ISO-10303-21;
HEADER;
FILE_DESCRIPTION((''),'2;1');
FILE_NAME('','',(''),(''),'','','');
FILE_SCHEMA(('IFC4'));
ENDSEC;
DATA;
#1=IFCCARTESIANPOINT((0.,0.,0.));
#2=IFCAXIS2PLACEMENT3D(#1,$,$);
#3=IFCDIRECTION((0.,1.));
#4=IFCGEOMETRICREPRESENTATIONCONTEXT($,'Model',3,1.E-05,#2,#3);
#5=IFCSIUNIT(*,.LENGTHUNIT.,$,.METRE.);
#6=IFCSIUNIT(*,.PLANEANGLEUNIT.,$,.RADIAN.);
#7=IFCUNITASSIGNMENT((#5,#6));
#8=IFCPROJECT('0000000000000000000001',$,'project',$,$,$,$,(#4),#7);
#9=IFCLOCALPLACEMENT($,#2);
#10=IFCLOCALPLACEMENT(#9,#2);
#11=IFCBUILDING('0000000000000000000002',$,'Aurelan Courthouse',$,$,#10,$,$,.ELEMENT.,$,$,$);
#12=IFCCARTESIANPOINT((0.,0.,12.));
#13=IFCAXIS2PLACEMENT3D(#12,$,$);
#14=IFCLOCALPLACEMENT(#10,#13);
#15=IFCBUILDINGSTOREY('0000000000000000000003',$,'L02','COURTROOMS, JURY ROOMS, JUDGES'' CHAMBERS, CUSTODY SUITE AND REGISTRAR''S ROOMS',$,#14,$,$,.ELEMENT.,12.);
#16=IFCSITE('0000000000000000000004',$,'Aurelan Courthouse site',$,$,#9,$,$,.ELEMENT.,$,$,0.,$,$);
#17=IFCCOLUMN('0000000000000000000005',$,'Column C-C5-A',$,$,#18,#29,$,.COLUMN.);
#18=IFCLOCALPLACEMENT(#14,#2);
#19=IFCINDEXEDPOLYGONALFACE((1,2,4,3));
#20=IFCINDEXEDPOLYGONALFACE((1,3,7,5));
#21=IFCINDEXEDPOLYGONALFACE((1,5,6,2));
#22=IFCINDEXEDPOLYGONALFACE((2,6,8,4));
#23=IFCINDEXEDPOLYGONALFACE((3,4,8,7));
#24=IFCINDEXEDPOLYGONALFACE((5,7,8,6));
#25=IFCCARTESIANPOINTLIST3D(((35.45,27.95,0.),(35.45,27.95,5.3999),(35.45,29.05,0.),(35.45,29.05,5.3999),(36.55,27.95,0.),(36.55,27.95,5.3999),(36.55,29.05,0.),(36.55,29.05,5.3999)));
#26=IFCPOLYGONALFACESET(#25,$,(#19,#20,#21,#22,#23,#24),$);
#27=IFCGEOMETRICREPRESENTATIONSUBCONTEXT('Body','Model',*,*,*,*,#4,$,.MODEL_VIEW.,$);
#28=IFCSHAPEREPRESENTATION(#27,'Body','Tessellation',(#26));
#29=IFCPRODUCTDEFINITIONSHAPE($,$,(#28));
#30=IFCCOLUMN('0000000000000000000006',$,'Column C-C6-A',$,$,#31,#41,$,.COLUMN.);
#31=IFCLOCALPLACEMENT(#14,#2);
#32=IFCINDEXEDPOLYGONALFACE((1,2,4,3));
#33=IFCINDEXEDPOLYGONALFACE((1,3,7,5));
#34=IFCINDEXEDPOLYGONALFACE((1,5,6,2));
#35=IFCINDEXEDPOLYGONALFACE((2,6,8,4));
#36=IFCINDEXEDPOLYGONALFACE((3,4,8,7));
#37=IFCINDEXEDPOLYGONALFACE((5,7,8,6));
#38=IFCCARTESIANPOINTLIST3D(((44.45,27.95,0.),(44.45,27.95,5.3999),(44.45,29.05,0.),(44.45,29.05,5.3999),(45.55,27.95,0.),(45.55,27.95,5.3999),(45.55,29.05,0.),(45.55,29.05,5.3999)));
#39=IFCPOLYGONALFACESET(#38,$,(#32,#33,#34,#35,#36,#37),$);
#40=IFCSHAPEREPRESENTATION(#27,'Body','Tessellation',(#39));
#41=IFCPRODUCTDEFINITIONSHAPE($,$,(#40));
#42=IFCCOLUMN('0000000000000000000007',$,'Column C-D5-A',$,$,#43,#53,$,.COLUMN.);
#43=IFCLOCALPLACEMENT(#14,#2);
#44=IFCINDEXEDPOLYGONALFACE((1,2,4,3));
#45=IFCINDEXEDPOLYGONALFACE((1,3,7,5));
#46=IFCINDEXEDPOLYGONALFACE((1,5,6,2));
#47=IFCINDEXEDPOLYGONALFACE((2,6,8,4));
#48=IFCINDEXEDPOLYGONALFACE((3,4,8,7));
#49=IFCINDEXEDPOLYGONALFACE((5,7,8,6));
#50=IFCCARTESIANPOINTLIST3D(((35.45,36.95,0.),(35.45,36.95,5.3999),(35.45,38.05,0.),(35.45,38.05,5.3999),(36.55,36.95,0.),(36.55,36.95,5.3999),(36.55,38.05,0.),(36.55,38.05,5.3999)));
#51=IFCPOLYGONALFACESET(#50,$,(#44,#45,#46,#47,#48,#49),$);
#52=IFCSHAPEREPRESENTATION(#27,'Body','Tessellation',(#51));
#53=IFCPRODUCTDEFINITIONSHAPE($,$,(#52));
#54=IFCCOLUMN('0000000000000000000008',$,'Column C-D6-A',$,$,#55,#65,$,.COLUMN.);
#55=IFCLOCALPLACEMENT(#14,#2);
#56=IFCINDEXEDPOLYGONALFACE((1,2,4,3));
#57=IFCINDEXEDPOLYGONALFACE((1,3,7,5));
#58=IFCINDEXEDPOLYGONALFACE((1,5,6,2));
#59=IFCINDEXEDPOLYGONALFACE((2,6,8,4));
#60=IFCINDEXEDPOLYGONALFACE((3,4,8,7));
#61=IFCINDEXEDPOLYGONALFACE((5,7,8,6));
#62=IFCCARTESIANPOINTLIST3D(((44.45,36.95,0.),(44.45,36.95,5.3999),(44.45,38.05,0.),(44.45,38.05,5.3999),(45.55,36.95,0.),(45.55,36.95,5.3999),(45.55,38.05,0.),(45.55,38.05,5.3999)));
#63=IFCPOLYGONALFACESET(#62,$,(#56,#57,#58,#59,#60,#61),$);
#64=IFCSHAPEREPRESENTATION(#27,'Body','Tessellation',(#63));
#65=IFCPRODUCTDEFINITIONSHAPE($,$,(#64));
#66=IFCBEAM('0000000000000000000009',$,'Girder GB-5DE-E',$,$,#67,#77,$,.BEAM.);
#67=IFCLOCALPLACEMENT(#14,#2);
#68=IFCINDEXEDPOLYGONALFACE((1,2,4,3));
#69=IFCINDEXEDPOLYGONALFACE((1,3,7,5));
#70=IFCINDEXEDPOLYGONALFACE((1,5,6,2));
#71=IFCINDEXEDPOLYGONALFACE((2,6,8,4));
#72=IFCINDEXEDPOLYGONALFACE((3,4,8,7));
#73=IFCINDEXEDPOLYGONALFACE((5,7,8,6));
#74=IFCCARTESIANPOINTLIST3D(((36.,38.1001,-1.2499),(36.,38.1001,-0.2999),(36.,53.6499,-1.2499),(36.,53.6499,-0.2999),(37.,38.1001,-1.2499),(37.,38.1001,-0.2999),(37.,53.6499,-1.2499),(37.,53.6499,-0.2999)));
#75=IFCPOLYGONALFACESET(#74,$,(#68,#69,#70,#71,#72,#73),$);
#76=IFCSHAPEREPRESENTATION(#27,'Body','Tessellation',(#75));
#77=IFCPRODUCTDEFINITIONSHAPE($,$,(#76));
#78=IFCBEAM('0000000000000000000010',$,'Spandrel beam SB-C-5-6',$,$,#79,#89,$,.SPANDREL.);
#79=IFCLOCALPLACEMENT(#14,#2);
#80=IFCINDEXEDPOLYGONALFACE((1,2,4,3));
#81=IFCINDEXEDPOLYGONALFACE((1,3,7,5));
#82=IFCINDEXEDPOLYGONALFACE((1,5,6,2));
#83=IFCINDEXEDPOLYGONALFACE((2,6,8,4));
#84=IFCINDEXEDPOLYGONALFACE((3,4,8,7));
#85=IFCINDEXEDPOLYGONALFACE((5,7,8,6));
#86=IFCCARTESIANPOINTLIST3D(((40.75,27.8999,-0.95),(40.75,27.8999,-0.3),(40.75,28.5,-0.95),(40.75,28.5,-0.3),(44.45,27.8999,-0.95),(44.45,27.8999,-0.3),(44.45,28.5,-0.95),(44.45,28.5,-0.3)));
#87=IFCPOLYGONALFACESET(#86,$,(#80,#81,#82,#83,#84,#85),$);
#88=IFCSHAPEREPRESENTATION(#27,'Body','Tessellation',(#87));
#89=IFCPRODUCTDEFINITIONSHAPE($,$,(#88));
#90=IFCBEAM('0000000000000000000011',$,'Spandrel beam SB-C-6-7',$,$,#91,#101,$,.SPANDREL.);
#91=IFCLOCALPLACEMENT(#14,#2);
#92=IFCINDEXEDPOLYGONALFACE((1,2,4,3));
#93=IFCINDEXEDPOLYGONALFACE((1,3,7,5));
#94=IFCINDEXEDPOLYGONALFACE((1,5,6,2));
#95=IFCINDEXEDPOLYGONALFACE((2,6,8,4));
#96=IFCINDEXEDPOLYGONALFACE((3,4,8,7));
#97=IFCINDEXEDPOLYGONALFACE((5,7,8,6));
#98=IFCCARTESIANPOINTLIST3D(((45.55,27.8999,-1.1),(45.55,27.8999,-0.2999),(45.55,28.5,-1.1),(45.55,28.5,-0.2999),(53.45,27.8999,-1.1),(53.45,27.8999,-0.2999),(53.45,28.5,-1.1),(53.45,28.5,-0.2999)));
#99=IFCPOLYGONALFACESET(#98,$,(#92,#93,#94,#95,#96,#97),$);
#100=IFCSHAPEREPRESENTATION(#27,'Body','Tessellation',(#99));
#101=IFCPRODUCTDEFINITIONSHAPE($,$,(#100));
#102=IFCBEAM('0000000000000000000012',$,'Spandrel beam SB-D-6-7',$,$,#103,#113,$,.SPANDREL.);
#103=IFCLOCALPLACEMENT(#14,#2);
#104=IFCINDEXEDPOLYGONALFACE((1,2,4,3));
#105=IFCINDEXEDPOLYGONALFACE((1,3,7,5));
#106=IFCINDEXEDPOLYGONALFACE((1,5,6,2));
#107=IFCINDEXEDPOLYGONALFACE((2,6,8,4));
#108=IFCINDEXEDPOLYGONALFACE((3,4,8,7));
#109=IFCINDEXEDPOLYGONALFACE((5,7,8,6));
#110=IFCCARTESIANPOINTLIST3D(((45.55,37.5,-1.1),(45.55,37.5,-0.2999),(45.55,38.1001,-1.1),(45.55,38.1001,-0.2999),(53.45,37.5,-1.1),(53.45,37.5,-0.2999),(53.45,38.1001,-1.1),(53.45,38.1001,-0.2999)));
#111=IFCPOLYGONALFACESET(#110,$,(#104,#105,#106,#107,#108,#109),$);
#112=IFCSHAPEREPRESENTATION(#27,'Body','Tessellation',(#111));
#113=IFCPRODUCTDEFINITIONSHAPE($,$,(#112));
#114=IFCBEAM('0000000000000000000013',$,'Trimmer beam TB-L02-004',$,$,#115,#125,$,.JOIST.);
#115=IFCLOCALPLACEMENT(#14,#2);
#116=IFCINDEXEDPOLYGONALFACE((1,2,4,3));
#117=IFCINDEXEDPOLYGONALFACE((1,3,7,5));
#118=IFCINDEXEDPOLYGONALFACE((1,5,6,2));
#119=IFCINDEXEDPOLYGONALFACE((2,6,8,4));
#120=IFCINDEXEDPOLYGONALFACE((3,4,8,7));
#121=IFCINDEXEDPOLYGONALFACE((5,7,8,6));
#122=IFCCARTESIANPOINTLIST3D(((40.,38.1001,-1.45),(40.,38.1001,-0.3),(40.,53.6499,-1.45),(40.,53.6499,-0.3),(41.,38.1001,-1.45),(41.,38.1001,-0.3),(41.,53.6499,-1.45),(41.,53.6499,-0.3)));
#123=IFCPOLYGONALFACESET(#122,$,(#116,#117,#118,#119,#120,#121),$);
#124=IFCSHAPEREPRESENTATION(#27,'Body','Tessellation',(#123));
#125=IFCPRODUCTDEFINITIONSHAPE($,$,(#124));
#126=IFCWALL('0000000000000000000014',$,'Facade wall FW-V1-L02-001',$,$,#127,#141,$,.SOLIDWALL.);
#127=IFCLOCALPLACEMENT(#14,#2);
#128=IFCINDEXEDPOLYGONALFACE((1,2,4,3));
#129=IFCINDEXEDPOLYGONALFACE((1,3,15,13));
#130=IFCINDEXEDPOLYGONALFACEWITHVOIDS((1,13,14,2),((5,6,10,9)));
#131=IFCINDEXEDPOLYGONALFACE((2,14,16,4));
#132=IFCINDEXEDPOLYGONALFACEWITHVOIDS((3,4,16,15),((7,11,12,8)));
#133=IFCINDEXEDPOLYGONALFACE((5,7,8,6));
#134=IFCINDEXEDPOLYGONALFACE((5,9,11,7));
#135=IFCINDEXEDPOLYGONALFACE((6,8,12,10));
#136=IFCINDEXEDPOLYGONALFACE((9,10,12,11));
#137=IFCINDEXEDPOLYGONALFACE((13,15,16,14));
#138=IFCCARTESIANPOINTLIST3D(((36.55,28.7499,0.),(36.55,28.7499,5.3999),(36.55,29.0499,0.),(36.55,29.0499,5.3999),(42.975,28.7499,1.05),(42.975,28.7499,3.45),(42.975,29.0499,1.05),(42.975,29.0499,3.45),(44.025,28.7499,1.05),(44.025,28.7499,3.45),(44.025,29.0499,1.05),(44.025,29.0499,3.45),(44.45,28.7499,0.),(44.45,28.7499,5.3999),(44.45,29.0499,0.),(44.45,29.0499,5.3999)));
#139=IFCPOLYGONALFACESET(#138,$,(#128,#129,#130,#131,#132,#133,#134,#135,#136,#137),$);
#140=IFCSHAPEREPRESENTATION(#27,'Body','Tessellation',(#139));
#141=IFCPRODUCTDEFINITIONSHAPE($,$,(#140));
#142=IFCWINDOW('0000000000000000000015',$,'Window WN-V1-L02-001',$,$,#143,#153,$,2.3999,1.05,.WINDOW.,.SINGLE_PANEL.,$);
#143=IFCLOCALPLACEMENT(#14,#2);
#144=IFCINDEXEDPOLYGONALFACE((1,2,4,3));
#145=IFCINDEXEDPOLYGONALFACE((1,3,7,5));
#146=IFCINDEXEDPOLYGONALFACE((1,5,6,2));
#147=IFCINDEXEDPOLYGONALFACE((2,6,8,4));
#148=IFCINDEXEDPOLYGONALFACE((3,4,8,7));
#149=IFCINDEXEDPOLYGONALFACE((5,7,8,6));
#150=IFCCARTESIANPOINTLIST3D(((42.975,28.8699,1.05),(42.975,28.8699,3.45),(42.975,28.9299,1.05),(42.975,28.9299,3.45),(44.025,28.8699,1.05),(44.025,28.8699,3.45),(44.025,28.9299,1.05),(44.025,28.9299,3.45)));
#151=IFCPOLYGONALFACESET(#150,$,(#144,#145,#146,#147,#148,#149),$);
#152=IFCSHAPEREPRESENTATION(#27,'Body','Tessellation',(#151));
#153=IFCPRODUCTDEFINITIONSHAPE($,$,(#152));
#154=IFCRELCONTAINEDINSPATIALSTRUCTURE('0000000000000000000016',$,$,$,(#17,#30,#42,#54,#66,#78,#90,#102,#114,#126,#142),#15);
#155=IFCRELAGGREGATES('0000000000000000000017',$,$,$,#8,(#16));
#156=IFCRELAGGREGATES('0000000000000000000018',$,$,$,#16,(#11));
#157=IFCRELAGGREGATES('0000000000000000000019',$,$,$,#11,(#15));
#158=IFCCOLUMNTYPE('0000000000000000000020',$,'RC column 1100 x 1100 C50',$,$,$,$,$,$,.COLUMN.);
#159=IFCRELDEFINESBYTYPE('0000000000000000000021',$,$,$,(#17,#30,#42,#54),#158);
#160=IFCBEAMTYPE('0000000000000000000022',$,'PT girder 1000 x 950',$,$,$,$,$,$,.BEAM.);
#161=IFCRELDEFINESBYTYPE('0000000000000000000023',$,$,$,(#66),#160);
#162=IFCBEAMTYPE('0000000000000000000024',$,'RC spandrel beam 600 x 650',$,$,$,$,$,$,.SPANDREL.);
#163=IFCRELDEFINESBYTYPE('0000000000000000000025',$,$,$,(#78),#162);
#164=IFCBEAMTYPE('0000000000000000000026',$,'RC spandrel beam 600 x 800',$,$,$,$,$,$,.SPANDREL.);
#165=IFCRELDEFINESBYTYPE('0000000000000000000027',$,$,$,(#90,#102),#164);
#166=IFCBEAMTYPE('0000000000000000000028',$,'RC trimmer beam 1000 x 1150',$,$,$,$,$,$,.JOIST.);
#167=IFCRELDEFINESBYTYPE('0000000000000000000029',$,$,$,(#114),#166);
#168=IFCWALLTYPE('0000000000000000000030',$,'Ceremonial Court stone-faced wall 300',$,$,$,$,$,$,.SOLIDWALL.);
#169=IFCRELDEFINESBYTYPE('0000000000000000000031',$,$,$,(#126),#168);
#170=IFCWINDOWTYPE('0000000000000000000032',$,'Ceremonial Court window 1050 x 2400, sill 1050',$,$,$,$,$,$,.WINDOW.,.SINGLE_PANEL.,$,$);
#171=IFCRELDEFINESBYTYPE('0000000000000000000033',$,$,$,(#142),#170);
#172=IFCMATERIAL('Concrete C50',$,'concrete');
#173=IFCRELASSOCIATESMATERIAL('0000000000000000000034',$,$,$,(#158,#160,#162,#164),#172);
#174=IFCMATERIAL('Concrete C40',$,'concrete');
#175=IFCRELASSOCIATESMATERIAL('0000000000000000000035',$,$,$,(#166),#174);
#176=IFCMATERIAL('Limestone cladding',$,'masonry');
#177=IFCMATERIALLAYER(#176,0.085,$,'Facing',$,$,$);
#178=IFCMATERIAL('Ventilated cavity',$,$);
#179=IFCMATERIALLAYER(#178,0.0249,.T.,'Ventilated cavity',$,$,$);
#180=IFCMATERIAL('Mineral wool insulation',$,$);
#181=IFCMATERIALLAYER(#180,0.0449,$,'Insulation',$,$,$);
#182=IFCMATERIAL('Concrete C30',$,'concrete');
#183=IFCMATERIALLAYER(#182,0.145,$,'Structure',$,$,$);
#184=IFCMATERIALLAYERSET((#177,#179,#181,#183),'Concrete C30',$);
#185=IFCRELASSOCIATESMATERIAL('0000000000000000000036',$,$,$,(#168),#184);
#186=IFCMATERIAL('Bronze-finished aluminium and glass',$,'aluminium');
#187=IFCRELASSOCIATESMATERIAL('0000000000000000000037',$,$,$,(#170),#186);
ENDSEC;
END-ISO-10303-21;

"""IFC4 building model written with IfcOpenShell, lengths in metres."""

from ifc_helpers import new_model, si_unit, direction, frame, frame_2d, origin, origin_2d, place, context, subcontext, project, spatial, rectangle, extrude, material, layer, layer_set, material_profile, profile_set, type_object, element, fill, save


model = new_model("IFC4")

# Units and contexts
model_context = context("Model", 3, precision=1e-05, world=origin(), true_north=direction((0.0, 1.0)))
body_context = subcontext(model_context, "Body", "Model", "MODEL_VIEW")
ifc_project = project(units=[si_unit("LENGTHUNIT", "METRE"), si_unit("PLANEANGLEUNIT", "RADIAN")], contexts=[model_context])

# Site, building, storey
site_placement = place(None, origin())
site = spatial("IfcSite", under=ifc_project, at=site_placement, Name="Aurelan Courthouse site", CompositionType="ELEMENT", RefElevation=0.0)
building_placement = place(site_placement, origin())
building = spatial("IfcBuilding", under=site, at=building_placement, Name="Aurelan Courthouse", CompositionType="ELEMENT")
storey_placement = place(building_placement, frame((0.0, 0.0, 12.0)))
storey = spatial("IfcBuildingStorey", under=building, at=storey_placement, Name="L02", Description="COURTROOMS, JURY ROOMS, JUDGES' CHAMBERS, CUSTODY SUITE AND REGISTRAR'S ROOMS", CompositionType="ELEMENT", Elevation=12.0)

# Columns
ifc_material_1 = material(Name="Concrete C50", Category="concrete")
ifc_material_profile_1 = material_profile(ifc_material_1, rectangle(XDim=1.1001, YDim=1.1001, at=origin_2d()), Name="RC 1100 x 1100")
ifc_profile_set_1 = profile_set([ifc_material_profile_1], Name="Concrete C50")
column_type = type_object("IfcColumnType", Name="RC column 1100 x 1100 C50", PredefinedType="COLUMN", material=ifc_profile_set_1)
for number, where, z_axis, x_axis, name in (
    (1, (36.0, 28.5, 0.0), (0.0, 0.0, 1.0), (1.0, 0.0, 0.0), "Column C-C5-A"),
    (2, (45.0, 28.5, 0.0), (0.0, 0.0, 1.0), (1.0, 0.0, 0.0), "Column C-C6-A"),
    (3, (36.0, 37.5, 0.0), (0.0, 0.0, 1.0), (1.0, 0.0, 0.0), "Column C-D5-A"),
    (4, (45.0, 37.5, 0.0), (0.0, 0.0, 1.0), (1.0, 0.0, 0.0), "Column C-D6-A"),
):
    element("IfcColumn", number, at=place(storey_placement, frame(where, z_axis=z_axis, x_axis=x_axis)), inside=storey, type_object=column_type, Name=name, PredefinedType="COLUMN", context=body_context, shape_type="SweptSolid", body=[
        extrude(rectangle(XDim=1.1001, YDim=1.1001, at=origin_2d()), origin(), (0.0, 0.0, 1.0), 5.3999),
    ])

# Beams
ifc_material_profile_2 = material_profile(ifc_material_1, rectangle(XDim=1.0, YDim=0.95, at=origin_2d()), Name="RC 1000 x 950")
ifc_profile_set_2 = profile_set([ifc_material_profile_2], Name="Concrete C50")
beam_type_1 = type_object("IfcBeamType", Name="PT girder 1000 x 950", PredefinedType="BEAM", material=ifc_profile_set_2)
beam_1_placement = place(storey_placement, frame((36.5, 38.1001, -0.7749), z_axis=(0.0, 1.0, 0.0), x_axis=(-1.0, 0.0, 0.0)))
element("IfcBeam", 5, at=beam_1_placement, inside=storey, type_object=beam_type_1, Name="Girder GB-5DE-E", PredefinedType="BEAM", context=body_context, shape_type="SweptSolid", body=[
    extrude(rectangle(XDim=1.0, YDim=0.95, at=origin_2d()), origin(), (0.0, 0.0, 1.0), 15.5498),
])
ifc_material_profile_3 = material_profile(ifc_material_1, rectangle(XDim=0.6001, YDim=0.6499, at=origin_2d()), Name="RC 600 x 650")
ifc_profile_set_3 = profile_set([ifc_material_profile_3], Name="Concrete C50")
beam_type_2 = type_object("IfcBeamType", Name="RC spandrel beam 600 x 650", PredefinedType="SPANDREL", material=ifc_profile_set_3)
beam_2_placement = place(storey_placement, frame((40.75, 28.2, -0.625), z_axis=(1.0, 0.0, 0.0), x_axis=(0.0, 1.0, 0.0)))
element("IfcBeam", 6, at=beam_2_placement, inside=storey, type_object=beam_type_2, Name="Spandrel beam SB-C-5-6", PredefinedType="SPANDREL", context=body_context, shape_type="SweptSolid", body=[
    extrude(rectangle(XDim=0.6001, YDim=0.6499, at=origin_2d()), origin(), (0.0, 0.0, 1.0), 3.7),
])
ifc_material_profile_4 = material_profile(ifc_material_1, rectangle(XDim=0.6001, YDim=0.8, at=origin_2d()), Name="RC 600 x 800")
ifc_profile_set_4 = profile_set([ifc_material_profile_4], Name="Concrete C50")
beam_type_3 = type_object("IfcBeamType", Name="RC spandrel beam 600 x 800", PredefinedType="SPANDREL", material=ifc_profile_set_4)
for number, where, z_axis, x_axis, name in (
    (7, (45.55, 28.2, -0.7), (1.0, 0.0, 0.0), (0.0, 1.0, 0.0), "Spandrel beam SB-C-6-7"),
    (8, (45.55, 37.8, -0.7), (1.0, 0.0, 0.0), (0.0, 1.0, 0.0), "Spandrel beam SB-D-6-7"),
):
    element("IfcBeam", number, at=place(storey_placement, frame(where, z_axis=z_axis, x_axis=x_axis)), inside=storey, type_object=beam_type_3, Name=name, PredefinedType="SPANDREL", context=body_context, shape_type="SweptSolid", body=[
        extrude(rectangle(XDim=0.6001, YDim=0.8, at=origin_2d()), origin(), (0.0, 0.0, 1.0), 7.8999),
    ])
ifc_material_2 = material(Name="Concrete C40", Category="concrete")
ifc_material_profile_5 = material_profile(ifc_material_2, rectangle(XDim=1.0, YDim=1.1499, at=origin_2d()), Name="RC 1000 x 1150")
ifc_profile_set_5 = profile_set([ifc_material_profile_5], Name="Concrete C40")
beam_type_4 = type_object("IfcBeamType", Name="RC trimmer beam 1000 x 1150", PredefinedType="JOIST", material=ifc_profile_set_5)
beam_3_placement = place(storey_placement, frame((40.5, 38.1001, -0.875), z_axis=(0.0, 1.0, 0.0), x_axis=(-1.0, 0.0, 0.0)))
element("IfcBeam", 9, at=beam_3_placement, inside=storey, type_object=beam_type_4, Name="Trimmer beam TB-L02-004", PredefinedType="JOIST", context=body_context, shape_type="SweptSolid", body=[
    extrude(rectangle(XDim=1.0, YDim=1.1499, at=origin_2d()), origin(), (0.0, 0.0, 1.0), 15.5498),
])

# Wall, opening, window
ifc_material_3 = material(Name="Limestone cladding", Category="masonry")
ifc_layer_1 = layer(ifc_material_3, 0.085, Name="Facing")
ifc_material_4 = material(Name="Ventilated cavity")
ifc_layer_2 = layer(ifc_material_4, 0.0249, ventilated=True, Name="Ventilated cavity")
ifc_material_5 = material(Name="Mineral wool insulation")
ifc_layer_3 = layer(ifc_material_5, 0.0449, Name="Insulation")
ifc_material_6 = material(Name="Concrete C30", Category="concrete")
ifc_layer_4 = layer(ifc_material_6, 0.145, Name="Structure")
ifc_layer_set_1 = layer_set([ifc_layer_1, ifc_layer_2, ifc_layer_3, ifc_layer_4], Name="Concrete C30")
wall_type_1 = type_object("IfcWallType", Name="Ceremonial Court stone-faced wall 300", PredefinedType="SOLIDWALL", material=ifc_layer_set_1)
wall_1_placement = place(storey_placement, frame((36.55, 28.8999, 0.0), z_axis=(0.0, 0.0, 1.0), x_axis=(1.0, 0.0, 0.0)))
wall_1 = element("IfcWall", 10, at=wall_1_placement, inside=storey, type_object=wall_type_1, Name="Facade wall FW-V1-L02-001", PredefinedType="SOLIDWALL", context=body_context, shape_type="SweptSolid", body=[
    extrude(rectangle(XDim=7.8999, YDim=0.3, at=frame_2d((3.95, 0.0))), origin(), (0.0, 0.0, 1.0), 5.3999),
])
opening_1_placement = place(wall_1_placement, frame((6.425, 0.0, 1.05)))
opening_1 = element("IfcOpeningElement", 11, at=opening_1_placement, cuts=wall_1, PredefinedType="OPENING", context=body_context, shape_type="SweptSolid", body=[
    extrude(rectangle(XDim=1.05, YDim=2.3999, at=frame_2d((0.5249, 1.2))), frame((0.0, 0.1599, 0.0), z_axis=(0.0, -1.0, 0.0), x_axis=(1.0, 0.0, 0.0)), (0.0, 0.0, 1.0), 0.3201),
])
ifc_material_7 = material(Name="Bronze-finished aluminium and glass", Category="aluminium")
window_type_1 = type_object("IfcWindowType", Name="Ceremonial Court window 1050 x 2400, sill 1050", PartitioningType="SINGLE_PANEL", PredefinedType="WINDOW", material=ifc_material_7)
window_1_placement = place(opening_1_placement, origin())
window_1 = element("IfcWindow", 12, at=window_1_placement, inside=storey, type_object=window_type_1, Name="Window WN-V1-L02-001", OverallHeight=2.3999, OverallWidth=1.05, PartitioningType="SINGLE_PANEL", PredefinedType="WINDOW", context=body_context, shape_type="SweptSolid", body=[
    extrude(rectangle(XDim=1.05, YDim=2.3999, at=frame_2d((0.5249, 1.2))), frame((0.0, 0.03, 0.0), z_axis=(0.0, -1.0, 0.0), x_axis=(1.0, 0.0, 0.0)), (0.0, 0.0, 1.0), 0.0601),
])
fill(opening_1, window_1)

save(model, "model.ifc")
